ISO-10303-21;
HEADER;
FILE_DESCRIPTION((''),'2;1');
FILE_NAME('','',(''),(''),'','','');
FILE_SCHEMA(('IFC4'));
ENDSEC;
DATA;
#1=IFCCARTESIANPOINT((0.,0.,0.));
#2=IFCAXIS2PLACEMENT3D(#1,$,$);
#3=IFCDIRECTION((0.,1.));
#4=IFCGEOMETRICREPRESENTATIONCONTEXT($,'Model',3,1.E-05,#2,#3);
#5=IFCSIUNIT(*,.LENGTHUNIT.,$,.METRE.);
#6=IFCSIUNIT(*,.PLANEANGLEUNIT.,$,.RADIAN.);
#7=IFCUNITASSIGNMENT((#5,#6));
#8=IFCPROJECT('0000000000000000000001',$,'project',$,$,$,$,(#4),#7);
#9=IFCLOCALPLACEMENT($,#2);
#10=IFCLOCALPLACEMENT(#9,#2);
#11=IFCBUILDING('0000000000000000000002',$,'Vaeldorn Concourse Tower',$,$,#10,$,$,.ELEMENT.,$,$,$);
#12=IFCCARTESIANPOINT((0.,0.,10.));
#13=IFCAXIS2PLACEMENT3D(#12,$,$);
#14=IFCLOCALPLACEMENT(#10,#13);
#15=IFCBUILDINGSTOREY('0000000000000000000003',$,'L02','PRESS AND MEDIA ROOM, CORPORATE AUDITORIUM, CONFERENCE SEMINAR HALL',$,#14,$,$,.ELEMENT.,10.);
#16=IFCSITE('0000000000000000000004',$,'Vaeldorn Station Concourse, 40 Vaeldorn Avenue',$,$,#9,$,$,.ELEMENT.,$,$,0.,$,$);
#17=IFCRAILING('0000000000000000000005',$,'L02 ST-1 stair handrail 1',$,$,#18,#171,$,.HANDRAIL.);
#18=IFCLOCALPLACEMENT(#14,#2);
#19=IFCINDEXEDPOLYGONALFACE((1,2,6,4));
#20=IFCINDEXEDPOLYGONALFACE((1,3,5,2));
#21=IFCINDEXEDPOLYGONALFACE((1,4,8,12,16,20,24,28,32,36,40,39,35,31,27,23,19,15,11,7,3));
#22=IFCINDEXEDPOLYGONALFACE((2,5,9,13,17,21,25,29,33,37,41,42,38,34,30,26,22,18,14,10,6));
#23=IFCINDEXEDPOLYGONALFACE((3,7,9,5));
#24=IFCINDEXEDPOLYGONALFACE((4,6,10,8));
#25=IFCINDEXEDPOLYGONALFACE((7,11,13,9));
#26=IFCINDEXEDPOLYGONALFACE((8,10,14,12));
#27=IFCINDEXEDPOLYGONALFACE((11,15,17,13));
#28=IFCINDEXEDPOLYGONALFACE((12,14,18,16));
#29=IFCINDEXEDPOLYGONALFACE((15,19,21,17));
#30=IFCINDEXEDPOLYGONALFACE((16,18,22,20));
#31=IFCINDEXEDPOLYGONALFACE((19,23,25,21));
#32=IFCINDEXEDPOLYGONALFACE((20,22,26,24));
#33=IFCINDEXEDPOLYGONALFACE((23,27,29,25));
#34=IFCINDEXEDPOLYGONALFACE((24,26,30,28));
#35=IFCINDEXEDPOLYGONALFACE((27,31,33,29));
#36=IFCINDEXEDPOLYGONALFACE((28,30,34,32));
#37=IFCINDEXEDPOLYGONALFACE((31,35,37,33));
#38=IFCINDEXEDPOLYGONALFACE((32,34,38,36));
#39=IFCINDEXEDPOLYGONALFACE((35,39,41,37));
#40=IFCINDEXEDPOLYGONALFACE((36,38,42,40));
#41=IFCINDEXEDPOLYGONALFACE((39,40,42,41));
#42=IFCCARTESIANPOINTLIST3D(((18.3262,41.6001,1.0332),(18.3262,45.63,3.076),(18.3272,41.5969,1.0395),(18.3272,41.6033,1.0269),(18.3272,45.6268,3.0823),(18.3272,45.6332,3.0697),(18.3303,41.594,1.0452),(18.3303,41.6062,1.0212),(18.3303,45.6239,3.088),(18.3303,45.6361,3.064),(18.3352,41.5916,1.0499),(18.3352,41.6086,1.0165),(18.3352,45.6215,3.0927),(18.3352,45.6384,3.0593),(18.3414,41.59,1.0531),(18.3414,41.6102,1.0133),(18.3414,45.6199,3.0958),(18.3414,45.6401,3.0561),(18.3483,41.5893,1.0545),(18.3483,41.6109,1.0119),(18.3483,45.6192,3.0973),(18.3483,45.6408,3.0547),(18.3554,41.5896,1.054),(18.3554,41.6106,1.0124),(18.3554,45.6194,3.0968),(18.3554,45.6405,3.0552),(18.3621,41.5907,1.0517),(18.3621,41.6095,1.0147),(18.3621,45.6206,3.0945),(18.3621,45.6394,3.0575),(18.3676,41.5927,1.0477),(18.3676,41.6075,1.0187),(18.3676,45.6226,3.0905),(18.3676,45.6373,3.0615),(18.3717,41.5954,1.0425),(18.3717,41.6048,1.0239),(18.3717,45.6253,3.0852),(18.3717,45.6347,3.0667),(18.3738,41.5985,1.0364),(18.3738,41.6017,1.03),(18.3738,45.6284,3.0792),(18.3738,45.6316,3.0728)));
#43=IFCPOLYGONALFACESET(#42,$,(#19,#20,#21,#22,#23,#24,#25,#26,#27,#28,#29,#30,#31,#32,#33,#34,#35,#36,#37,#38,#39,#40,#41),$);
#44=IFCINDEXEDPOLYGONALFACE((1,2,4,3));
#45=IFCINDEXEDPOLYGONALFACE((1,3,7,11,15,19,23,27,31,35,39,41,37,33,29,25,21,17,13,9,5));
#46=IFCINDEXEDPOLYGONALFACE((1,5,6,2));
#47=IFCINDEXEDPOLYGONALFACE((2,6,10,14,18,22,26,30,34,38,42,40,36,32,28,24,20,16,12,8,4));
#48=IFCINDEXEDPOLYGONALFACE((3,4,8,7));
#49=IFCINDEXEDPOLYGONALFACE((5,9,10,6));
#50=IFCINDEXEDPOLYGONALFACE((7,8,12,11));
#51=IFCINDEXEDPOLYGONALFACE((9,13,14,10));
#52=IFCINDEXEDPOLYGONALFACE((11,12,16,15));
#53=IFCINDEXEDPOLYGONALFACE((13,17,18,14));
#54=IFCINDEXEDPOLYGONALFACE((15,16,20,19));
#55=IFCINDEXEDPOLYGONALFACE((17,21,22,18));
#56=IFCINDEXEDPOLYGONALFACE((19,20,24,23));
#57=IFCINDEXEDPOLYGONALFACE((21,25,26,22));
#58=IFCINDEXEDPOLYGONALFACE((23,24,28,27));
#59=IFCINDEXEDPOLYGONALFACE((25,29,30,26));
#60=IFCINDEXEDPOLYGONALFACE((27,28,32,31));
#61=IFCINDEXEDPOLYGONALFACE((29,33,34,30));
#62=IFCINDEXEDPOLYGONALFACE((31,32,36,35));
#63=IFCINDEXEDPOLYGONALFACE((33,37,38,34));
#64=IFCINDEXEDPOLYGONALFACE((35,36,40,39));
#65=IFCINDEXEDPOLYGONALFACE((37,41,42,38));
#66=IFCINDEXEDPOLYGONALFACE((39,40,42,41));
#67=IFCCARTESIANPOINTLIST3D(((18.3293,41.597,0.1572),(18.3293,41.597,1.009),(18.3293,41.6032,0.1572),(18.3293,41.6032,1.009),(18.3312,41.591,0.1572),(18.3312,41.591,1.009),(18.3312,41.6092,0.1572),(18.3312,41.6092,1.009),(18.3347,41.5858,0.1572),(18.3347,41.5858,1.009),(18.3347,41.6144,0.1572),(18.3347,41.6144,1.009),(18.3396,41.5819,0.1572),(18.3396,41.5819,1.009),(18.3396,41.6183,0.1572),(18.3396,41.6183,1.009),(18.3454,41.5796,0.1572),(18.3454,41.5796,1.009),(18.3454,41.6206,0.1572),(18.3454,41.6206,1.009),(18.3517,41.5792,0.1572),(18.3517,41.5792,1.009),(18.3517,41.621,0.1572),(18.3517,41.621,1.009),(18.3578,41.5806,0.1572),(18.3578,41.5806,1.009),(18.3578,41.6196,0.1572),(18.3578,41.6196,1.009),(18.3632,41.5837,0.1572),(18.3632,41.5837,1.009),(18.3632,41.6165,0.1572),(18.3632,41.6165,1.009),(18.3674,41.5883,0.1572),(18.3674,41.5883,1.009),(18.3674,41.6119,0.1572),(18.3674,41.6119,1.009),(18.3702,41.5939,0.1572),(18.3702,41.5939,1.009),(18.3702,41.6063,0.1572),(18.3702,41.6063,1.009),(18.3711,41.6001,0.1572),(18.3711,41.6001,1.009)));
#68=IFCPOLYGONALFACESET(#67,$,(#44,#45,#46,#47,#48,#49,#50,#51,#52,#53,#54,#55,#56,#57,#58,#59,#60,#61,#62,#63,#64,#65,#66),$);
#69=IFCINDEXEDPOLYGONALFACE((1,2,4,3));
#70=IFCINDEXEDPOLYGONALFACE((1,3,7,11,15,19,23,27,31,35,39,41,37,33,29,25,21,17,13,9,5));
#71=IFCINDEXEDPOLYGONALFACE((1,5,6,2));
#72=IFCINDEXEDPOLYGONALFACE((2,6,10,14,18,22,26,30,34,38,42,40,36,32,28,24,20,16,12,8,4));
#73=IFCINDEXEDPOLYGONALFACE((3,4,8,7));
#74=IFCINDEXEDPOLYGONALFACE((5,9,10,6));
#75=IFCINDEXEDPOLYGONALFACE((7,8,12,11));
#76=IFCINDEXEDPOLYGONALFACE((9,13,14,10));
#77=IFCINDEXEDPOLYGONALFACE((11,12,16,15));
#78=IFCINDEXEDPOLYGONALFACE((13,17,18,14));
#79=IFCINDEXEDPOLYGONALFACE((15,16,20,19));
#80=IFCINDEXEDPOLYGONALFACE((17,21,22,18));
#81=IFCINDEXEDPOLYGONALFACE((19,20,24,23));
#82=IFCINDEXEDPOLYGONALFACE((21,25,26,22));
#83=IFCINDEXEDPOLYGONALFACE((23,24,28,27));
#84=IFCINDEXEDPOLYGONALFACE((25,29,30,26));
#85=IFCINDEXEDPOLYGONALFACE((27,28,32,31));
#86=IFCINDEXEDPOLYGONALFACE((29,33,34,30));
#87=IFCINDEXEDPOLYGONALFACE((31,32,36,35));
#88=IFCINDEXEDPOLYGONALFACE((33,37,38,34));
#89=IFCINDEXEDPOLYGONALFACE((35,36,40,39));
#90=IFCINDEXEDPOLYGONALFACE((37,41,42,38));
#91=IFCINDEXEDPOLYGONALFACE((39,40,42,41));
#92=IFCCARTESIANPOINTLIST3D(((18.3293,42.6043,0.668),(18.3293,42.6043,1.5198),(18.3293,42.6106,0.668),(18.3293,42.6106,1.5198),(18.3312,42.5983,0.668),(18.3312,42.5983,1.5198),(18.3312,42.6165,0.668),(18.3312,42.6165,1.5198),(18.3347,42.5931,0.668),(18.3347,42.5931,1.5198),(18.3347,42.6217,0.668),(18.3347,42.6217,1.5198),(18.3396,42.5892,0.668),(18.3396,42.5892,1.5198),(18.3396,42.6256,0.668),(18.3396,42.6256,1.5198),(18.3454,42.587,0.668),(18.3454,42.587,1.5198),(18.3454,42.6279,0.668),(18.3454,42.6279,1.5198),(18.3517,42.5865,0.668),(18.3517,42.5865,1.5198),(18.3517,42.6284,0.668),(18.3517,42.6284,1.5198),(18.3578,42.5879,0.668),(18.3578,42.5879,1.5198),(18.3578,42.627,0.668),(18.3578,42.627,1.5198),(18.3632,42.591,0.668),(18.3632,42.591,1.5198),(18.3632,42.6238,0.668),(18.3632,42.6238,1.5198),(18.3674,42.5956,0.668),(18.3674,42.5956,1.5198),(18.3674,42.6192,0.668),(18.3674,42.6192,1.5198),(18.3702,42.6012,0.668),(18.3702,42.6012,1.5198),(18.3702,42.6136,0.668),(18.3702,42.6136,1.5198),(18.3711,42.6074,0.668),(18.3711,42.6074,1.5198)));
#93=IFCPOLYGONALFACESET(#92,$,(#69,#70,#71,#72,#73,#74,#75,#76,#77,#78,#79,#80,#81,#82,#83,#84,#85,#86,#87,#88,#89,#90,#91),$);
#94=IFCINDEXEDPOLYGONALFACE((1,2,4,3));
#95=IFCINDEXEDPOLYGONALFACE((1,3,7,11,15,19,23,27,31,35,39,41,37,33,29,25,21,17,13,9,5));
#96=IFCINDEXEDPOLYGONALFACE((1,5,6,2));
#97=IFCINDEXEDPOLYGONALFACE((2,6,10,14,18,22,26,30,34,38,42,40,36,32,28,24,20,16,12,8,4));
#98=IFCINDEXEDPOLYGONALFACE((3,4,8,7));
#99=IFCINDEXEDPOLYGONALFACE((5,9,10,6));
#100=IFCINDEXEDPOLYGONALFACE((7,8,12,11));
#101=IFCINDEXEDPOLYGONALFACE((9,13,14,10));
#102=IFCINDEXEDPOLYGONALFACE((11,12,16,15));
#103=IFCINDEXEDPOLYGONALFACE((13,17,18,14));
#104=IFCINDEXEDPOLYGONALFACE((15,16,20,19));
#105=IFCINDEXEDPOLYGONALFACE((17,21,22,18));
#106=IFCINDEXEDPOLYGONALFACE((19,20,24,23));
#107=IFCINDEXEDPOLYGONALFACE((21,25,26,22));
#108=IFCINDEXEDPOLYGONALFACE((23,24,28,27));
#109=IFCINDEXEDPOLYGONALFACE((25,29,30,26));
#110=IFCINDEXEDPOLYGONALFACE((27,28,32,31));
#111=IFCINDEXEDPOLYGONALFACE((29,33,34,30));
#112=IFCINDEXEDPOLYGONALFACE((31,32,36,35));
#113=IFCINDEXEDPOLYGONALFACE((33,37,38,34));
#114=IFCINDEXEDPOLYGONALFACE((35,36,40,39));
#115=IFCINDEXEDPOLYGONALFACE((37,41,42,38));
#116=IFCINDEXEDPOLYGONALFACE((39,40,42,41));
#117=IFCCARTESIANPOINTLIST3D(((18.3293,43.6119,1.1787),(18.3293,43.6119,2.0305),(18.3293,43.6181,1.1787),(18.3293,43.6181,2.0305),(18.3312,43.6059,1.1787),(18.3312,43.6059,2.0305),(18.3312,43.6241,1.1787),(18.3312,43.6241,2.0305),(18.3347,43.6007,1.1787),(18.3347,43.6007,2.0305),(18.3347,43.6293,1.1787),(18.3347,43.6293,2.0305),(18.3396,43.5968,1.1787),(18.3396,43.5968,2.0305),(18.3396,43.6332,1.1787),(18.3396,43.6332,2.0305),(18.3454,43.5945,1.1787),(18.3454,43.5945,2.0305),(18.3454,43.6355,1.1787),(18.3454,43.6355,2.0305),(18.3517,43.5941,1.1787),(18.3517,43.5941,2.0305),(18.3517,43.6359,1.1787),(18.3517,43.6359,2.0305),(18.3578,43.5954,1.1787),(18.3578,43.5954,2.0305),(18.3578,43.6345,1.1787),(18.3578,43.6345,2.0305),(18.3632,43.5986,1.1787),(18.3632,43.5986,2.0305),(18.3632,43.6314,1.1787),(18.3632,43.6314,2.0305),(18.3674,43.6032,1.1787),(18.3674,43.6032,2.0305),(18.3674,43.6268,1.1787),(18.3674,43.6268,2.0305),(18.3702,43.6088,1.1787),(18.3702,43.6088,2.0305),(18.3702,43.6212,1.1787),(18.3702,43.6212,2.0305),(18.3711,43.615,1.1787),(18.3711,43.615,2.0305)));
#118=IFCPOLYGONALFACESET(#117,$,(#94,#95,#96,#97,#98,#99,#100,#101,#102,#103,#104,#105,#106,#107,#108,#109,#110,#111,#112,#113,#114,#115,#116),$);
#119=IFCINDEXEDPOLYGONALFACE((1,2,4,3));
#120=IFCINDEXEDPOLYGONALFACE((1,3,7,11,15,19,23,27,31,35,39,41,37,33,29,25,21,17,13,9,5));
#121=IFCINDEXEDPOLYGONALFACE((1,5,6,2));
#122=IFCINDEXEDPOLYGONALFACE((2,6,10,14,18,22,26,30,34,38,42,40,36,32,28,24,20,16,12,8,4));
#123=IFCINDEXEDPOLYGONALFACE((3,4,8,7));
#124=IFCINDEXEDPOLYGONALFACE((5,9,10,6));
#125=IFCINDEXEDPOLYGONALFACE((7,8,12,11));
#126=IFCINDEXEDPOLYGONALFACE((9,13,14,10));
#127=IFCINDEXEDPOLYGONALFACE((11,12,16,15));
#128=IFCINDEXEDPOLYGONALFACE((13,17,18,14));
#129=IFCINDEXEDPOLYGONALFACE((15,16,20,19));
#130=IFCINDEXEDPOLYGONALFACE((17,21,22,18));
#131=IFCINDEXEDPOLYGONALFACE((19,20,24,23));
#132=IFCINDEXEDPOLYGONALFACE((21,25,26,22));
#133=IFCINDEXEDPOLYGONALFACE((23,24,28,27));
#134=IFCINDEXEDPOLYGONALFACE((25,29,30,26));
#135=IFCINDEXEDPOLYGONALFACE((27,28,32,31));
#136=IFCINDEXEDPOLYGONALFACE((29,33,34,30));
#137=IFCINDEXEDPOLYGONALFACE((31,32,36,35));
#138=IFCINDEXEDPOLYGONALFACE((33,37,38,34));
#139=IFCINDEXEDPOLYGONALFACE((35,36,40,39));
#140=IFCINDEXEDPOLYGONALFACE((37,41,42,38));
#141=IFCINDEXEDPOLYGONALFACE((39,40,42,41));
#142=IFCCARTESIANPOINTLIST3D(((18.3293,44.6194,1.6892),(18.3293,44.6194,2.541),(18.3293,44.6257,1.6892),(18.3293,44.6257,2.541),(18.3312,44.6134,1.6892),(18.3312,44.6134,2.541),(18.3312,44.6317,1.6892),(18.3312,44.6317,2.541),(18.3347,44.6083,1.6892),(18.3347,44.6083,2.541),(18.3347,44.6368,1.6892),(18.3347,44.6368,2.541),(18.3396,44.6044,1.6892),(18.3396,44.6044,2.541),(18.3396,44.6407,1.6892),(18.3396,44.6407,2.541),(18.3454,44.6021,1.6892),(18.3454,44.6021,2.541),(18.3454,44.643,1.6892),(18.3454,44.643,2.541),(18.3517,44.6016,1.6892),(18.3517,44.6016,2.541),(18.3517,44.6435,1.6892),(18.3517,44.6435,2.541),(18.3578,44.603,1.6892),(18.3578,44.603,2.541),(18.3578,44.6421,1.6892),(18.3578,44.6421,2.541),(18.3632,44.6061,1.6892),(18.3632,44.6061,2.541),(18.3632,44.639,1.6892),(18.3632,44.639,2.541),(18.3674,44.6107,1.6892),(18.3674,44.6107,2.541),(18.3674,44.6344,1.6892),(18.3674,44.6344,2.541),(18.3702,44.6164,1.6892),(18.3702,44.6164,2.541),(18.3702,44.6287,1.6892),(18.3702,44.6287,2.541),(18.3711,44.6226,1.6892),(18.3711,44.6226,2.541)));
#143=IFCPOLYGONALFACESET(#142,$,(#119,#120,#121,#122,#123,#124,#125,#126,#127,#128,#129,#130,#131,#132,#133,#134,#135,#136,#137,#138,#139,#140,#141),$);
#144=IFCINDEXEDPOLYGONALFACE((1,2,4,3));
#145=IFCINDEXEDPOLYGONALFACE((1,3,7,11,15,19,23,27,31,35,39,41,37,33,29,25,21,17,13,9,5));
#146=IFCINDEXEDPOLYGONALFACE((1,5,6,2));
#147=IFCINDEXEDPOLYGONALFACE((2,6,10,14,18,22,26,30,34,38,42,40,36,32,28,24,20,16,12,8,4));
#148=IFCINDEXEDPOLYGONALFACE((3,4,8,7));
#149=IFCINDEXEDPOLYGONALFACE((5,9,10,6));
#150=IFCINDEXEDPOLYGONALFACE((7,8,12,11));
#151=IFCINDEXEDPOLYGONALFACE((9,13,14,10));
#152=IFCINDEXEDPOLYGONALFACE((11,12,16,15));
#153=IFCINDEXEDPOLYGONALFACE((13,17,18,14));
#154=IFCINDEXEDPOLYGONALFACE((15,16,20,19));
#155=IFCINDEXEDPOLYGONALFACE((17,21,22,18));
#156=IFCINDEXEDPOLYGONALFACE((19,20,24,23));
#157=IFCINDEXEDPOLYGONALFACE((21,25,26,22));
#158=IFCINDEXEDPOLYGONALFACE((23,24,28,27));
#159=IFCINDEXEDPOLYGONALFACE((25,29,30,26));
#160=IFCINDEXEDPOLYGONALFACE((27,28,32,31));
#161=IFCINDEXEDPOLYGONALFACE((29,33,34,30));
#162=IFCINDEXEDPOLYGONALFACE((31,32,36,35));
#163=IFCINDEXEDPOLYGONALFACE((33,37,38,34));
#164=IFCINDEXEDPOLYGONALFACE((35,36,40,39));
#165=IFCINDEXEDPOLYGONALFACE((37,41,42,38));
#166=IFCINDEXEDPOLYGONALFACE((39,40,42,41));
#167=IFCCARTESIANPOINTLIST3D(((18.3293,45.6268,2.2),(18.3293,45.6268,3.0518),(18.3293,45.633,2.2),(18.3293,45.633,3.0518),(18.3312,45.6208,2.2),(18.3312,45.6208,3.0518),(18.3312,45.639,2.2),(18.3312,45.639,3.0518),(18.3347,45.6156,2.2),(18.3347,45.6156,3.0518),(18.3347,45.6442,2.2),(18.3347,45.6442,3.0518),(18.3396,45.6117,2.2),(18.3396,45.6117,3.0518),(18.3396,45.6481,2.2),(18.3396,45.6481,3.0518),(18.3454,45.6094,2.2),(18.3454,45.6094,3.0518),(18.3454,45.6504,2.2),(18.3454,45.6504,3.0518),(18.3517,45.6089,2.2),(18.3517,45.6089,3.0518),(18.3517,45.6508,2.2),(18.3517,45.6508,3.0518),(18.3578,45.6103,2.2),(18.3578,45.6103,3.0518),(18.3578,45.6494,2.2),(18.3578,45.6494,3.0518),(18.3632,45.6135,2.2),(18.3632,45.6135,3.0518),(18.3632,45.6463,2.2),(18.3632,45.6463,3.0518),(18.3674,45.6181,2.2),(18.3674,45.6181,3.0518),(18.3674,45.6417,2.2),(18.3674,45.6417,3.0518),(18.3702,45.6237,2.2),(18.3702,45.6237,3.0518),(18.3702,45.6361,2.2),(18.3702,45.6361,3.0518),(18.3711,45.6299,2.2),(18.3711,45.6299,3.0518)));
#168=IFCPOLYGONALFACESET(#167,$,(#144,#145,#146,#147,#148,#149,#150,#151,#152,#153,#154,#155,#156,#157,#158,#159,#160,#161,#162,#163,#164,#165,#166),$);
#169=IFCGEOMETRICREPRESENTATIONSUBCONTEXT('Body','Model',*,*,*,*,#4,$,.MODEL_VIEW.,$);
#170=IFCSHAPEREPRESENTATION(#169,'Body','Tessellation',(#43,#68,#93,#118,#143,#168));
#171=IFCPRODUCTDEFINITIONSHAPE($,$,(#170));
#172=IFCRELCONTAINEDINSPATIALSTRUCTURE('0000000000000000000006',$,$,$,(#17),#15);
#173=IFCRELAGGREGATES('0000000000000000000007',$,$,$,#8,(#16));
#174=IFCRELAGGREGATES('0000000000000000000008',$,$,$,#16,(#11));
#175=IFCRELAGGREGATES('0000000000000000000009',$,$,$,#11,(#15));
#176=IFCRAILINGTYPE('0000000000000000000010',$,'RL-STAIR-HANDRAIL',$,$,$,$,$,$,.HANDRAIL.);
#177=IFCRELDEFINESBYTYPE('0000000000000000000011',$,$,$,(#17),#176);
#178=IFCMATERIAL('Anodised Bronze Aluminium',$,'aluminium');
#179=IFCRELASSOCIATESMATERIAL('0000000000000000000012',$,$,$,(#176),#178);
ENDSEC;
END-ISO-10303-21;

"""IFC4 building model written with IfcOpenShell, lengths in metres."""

from ifc_helpers import new_model, si_unit, direction, frame, origin, origin_2d, place, context, subcontext, project, spatial, circle, extrude, material, type_object, element, save


model = new_model("IFC4")

# Units and contexts
model_context = context("Model", 3, precision=1e-05, world=origin(), true_north=direction((0.0, 1.0)))
body_context = subcontext(model_context, "Body", "Model", "MODEL_VIEW")
ifc_project = project(units=[si_unit("LENGTHUNIT", "METRE"), si_unit("PLANEANGLEUNIT", "RADIAN")], contexts=[model_context])

# Site, building, storey
site_placement = place(None, origin())
site = spatial("IfcSite", under=ifc_project, at=site_placement, Name="Vaeldorn Station Concourse, 40 Vaeldorn Avenue", CompositionType="ELEMENT", RefElevation=0.0)
building_placement = place(site_placement, origin())
building = spatial("IfcBuilding", under=site, at=building_placement, Name="Vaeldorn Concourse Tower", CompositionType="ELEMENT")
storey_placement = place(building_placement, frame((0.0, 0.0, 10.0)))
storey = spatial("IfcBuildingStorey", under=building, at=storey_placement, Name="L02", Description="PRESS AND MEDIA ROOM, CORPORATE AUDITORIUM, CONFERENCE SEMINAR HALL", CompositionType="ELEMENT", Elevation=10.0)

# Shared definitions
ifc_material_1 = material(Name="Anodised Bronze Aluminium", Category="aluminium")

# Railing
railing_type_1 = type_object("IfcRailingType", Name="RL-STAIR-HANDRAIL", PredefinedType="HANDRAIL", material=ifc_material_1)
railing_1_placement = place(storey_placement, frame((18.3501, 41.6001, 0.1572)))
element("IfcRailing", 1, at=railing_1_placement, inside=storey, type_object=railing_type_1, Name="L02 ST-1 stair handrail 1", PredefinedType="HANDRAIL", context=body_context, shape_type="SweptSolid", body=[
    extrude(circle(Radius=0.0239, at=origin_2d()), frame((0.0, 0.0, 0.876), z_axis=(0.0, 0.891949, 0.452135), x_axis=(-1.0, 0.0, 0.0)), (0.0, 0.0, 1.0), 4.5181),
    extrude(circle(Radius=0.021, at=origin_2d()), origin(), (0.0, 0.0, 1.0), 0.8518),
    extrude(circle(Radius=0.021, at=origin_2d()), frame((0.0, 1.0073, 0.5107)), (0.0, 0.0, 1.0), 0.8518),
    extrude(circle(Radius=0.021, at=origin_2d()), frame((0.0, 2.0149, 1.0215)), (0.0, 0.0, 1.0), 0.8518),
    extrude(circle(Radius=0.021, at=origin_2d()), frame((0.0, 3.0225, 1.532)), (0.0, 0.0, 1.0), 0.8518),
    extrude(circle(Radius=0.021, at=origin_2d()), frame((0.0, 4.0298, 2.0427)), (0.0, 0.0, 1.0), 0.8518),
])

save(model, "model.ifc")
